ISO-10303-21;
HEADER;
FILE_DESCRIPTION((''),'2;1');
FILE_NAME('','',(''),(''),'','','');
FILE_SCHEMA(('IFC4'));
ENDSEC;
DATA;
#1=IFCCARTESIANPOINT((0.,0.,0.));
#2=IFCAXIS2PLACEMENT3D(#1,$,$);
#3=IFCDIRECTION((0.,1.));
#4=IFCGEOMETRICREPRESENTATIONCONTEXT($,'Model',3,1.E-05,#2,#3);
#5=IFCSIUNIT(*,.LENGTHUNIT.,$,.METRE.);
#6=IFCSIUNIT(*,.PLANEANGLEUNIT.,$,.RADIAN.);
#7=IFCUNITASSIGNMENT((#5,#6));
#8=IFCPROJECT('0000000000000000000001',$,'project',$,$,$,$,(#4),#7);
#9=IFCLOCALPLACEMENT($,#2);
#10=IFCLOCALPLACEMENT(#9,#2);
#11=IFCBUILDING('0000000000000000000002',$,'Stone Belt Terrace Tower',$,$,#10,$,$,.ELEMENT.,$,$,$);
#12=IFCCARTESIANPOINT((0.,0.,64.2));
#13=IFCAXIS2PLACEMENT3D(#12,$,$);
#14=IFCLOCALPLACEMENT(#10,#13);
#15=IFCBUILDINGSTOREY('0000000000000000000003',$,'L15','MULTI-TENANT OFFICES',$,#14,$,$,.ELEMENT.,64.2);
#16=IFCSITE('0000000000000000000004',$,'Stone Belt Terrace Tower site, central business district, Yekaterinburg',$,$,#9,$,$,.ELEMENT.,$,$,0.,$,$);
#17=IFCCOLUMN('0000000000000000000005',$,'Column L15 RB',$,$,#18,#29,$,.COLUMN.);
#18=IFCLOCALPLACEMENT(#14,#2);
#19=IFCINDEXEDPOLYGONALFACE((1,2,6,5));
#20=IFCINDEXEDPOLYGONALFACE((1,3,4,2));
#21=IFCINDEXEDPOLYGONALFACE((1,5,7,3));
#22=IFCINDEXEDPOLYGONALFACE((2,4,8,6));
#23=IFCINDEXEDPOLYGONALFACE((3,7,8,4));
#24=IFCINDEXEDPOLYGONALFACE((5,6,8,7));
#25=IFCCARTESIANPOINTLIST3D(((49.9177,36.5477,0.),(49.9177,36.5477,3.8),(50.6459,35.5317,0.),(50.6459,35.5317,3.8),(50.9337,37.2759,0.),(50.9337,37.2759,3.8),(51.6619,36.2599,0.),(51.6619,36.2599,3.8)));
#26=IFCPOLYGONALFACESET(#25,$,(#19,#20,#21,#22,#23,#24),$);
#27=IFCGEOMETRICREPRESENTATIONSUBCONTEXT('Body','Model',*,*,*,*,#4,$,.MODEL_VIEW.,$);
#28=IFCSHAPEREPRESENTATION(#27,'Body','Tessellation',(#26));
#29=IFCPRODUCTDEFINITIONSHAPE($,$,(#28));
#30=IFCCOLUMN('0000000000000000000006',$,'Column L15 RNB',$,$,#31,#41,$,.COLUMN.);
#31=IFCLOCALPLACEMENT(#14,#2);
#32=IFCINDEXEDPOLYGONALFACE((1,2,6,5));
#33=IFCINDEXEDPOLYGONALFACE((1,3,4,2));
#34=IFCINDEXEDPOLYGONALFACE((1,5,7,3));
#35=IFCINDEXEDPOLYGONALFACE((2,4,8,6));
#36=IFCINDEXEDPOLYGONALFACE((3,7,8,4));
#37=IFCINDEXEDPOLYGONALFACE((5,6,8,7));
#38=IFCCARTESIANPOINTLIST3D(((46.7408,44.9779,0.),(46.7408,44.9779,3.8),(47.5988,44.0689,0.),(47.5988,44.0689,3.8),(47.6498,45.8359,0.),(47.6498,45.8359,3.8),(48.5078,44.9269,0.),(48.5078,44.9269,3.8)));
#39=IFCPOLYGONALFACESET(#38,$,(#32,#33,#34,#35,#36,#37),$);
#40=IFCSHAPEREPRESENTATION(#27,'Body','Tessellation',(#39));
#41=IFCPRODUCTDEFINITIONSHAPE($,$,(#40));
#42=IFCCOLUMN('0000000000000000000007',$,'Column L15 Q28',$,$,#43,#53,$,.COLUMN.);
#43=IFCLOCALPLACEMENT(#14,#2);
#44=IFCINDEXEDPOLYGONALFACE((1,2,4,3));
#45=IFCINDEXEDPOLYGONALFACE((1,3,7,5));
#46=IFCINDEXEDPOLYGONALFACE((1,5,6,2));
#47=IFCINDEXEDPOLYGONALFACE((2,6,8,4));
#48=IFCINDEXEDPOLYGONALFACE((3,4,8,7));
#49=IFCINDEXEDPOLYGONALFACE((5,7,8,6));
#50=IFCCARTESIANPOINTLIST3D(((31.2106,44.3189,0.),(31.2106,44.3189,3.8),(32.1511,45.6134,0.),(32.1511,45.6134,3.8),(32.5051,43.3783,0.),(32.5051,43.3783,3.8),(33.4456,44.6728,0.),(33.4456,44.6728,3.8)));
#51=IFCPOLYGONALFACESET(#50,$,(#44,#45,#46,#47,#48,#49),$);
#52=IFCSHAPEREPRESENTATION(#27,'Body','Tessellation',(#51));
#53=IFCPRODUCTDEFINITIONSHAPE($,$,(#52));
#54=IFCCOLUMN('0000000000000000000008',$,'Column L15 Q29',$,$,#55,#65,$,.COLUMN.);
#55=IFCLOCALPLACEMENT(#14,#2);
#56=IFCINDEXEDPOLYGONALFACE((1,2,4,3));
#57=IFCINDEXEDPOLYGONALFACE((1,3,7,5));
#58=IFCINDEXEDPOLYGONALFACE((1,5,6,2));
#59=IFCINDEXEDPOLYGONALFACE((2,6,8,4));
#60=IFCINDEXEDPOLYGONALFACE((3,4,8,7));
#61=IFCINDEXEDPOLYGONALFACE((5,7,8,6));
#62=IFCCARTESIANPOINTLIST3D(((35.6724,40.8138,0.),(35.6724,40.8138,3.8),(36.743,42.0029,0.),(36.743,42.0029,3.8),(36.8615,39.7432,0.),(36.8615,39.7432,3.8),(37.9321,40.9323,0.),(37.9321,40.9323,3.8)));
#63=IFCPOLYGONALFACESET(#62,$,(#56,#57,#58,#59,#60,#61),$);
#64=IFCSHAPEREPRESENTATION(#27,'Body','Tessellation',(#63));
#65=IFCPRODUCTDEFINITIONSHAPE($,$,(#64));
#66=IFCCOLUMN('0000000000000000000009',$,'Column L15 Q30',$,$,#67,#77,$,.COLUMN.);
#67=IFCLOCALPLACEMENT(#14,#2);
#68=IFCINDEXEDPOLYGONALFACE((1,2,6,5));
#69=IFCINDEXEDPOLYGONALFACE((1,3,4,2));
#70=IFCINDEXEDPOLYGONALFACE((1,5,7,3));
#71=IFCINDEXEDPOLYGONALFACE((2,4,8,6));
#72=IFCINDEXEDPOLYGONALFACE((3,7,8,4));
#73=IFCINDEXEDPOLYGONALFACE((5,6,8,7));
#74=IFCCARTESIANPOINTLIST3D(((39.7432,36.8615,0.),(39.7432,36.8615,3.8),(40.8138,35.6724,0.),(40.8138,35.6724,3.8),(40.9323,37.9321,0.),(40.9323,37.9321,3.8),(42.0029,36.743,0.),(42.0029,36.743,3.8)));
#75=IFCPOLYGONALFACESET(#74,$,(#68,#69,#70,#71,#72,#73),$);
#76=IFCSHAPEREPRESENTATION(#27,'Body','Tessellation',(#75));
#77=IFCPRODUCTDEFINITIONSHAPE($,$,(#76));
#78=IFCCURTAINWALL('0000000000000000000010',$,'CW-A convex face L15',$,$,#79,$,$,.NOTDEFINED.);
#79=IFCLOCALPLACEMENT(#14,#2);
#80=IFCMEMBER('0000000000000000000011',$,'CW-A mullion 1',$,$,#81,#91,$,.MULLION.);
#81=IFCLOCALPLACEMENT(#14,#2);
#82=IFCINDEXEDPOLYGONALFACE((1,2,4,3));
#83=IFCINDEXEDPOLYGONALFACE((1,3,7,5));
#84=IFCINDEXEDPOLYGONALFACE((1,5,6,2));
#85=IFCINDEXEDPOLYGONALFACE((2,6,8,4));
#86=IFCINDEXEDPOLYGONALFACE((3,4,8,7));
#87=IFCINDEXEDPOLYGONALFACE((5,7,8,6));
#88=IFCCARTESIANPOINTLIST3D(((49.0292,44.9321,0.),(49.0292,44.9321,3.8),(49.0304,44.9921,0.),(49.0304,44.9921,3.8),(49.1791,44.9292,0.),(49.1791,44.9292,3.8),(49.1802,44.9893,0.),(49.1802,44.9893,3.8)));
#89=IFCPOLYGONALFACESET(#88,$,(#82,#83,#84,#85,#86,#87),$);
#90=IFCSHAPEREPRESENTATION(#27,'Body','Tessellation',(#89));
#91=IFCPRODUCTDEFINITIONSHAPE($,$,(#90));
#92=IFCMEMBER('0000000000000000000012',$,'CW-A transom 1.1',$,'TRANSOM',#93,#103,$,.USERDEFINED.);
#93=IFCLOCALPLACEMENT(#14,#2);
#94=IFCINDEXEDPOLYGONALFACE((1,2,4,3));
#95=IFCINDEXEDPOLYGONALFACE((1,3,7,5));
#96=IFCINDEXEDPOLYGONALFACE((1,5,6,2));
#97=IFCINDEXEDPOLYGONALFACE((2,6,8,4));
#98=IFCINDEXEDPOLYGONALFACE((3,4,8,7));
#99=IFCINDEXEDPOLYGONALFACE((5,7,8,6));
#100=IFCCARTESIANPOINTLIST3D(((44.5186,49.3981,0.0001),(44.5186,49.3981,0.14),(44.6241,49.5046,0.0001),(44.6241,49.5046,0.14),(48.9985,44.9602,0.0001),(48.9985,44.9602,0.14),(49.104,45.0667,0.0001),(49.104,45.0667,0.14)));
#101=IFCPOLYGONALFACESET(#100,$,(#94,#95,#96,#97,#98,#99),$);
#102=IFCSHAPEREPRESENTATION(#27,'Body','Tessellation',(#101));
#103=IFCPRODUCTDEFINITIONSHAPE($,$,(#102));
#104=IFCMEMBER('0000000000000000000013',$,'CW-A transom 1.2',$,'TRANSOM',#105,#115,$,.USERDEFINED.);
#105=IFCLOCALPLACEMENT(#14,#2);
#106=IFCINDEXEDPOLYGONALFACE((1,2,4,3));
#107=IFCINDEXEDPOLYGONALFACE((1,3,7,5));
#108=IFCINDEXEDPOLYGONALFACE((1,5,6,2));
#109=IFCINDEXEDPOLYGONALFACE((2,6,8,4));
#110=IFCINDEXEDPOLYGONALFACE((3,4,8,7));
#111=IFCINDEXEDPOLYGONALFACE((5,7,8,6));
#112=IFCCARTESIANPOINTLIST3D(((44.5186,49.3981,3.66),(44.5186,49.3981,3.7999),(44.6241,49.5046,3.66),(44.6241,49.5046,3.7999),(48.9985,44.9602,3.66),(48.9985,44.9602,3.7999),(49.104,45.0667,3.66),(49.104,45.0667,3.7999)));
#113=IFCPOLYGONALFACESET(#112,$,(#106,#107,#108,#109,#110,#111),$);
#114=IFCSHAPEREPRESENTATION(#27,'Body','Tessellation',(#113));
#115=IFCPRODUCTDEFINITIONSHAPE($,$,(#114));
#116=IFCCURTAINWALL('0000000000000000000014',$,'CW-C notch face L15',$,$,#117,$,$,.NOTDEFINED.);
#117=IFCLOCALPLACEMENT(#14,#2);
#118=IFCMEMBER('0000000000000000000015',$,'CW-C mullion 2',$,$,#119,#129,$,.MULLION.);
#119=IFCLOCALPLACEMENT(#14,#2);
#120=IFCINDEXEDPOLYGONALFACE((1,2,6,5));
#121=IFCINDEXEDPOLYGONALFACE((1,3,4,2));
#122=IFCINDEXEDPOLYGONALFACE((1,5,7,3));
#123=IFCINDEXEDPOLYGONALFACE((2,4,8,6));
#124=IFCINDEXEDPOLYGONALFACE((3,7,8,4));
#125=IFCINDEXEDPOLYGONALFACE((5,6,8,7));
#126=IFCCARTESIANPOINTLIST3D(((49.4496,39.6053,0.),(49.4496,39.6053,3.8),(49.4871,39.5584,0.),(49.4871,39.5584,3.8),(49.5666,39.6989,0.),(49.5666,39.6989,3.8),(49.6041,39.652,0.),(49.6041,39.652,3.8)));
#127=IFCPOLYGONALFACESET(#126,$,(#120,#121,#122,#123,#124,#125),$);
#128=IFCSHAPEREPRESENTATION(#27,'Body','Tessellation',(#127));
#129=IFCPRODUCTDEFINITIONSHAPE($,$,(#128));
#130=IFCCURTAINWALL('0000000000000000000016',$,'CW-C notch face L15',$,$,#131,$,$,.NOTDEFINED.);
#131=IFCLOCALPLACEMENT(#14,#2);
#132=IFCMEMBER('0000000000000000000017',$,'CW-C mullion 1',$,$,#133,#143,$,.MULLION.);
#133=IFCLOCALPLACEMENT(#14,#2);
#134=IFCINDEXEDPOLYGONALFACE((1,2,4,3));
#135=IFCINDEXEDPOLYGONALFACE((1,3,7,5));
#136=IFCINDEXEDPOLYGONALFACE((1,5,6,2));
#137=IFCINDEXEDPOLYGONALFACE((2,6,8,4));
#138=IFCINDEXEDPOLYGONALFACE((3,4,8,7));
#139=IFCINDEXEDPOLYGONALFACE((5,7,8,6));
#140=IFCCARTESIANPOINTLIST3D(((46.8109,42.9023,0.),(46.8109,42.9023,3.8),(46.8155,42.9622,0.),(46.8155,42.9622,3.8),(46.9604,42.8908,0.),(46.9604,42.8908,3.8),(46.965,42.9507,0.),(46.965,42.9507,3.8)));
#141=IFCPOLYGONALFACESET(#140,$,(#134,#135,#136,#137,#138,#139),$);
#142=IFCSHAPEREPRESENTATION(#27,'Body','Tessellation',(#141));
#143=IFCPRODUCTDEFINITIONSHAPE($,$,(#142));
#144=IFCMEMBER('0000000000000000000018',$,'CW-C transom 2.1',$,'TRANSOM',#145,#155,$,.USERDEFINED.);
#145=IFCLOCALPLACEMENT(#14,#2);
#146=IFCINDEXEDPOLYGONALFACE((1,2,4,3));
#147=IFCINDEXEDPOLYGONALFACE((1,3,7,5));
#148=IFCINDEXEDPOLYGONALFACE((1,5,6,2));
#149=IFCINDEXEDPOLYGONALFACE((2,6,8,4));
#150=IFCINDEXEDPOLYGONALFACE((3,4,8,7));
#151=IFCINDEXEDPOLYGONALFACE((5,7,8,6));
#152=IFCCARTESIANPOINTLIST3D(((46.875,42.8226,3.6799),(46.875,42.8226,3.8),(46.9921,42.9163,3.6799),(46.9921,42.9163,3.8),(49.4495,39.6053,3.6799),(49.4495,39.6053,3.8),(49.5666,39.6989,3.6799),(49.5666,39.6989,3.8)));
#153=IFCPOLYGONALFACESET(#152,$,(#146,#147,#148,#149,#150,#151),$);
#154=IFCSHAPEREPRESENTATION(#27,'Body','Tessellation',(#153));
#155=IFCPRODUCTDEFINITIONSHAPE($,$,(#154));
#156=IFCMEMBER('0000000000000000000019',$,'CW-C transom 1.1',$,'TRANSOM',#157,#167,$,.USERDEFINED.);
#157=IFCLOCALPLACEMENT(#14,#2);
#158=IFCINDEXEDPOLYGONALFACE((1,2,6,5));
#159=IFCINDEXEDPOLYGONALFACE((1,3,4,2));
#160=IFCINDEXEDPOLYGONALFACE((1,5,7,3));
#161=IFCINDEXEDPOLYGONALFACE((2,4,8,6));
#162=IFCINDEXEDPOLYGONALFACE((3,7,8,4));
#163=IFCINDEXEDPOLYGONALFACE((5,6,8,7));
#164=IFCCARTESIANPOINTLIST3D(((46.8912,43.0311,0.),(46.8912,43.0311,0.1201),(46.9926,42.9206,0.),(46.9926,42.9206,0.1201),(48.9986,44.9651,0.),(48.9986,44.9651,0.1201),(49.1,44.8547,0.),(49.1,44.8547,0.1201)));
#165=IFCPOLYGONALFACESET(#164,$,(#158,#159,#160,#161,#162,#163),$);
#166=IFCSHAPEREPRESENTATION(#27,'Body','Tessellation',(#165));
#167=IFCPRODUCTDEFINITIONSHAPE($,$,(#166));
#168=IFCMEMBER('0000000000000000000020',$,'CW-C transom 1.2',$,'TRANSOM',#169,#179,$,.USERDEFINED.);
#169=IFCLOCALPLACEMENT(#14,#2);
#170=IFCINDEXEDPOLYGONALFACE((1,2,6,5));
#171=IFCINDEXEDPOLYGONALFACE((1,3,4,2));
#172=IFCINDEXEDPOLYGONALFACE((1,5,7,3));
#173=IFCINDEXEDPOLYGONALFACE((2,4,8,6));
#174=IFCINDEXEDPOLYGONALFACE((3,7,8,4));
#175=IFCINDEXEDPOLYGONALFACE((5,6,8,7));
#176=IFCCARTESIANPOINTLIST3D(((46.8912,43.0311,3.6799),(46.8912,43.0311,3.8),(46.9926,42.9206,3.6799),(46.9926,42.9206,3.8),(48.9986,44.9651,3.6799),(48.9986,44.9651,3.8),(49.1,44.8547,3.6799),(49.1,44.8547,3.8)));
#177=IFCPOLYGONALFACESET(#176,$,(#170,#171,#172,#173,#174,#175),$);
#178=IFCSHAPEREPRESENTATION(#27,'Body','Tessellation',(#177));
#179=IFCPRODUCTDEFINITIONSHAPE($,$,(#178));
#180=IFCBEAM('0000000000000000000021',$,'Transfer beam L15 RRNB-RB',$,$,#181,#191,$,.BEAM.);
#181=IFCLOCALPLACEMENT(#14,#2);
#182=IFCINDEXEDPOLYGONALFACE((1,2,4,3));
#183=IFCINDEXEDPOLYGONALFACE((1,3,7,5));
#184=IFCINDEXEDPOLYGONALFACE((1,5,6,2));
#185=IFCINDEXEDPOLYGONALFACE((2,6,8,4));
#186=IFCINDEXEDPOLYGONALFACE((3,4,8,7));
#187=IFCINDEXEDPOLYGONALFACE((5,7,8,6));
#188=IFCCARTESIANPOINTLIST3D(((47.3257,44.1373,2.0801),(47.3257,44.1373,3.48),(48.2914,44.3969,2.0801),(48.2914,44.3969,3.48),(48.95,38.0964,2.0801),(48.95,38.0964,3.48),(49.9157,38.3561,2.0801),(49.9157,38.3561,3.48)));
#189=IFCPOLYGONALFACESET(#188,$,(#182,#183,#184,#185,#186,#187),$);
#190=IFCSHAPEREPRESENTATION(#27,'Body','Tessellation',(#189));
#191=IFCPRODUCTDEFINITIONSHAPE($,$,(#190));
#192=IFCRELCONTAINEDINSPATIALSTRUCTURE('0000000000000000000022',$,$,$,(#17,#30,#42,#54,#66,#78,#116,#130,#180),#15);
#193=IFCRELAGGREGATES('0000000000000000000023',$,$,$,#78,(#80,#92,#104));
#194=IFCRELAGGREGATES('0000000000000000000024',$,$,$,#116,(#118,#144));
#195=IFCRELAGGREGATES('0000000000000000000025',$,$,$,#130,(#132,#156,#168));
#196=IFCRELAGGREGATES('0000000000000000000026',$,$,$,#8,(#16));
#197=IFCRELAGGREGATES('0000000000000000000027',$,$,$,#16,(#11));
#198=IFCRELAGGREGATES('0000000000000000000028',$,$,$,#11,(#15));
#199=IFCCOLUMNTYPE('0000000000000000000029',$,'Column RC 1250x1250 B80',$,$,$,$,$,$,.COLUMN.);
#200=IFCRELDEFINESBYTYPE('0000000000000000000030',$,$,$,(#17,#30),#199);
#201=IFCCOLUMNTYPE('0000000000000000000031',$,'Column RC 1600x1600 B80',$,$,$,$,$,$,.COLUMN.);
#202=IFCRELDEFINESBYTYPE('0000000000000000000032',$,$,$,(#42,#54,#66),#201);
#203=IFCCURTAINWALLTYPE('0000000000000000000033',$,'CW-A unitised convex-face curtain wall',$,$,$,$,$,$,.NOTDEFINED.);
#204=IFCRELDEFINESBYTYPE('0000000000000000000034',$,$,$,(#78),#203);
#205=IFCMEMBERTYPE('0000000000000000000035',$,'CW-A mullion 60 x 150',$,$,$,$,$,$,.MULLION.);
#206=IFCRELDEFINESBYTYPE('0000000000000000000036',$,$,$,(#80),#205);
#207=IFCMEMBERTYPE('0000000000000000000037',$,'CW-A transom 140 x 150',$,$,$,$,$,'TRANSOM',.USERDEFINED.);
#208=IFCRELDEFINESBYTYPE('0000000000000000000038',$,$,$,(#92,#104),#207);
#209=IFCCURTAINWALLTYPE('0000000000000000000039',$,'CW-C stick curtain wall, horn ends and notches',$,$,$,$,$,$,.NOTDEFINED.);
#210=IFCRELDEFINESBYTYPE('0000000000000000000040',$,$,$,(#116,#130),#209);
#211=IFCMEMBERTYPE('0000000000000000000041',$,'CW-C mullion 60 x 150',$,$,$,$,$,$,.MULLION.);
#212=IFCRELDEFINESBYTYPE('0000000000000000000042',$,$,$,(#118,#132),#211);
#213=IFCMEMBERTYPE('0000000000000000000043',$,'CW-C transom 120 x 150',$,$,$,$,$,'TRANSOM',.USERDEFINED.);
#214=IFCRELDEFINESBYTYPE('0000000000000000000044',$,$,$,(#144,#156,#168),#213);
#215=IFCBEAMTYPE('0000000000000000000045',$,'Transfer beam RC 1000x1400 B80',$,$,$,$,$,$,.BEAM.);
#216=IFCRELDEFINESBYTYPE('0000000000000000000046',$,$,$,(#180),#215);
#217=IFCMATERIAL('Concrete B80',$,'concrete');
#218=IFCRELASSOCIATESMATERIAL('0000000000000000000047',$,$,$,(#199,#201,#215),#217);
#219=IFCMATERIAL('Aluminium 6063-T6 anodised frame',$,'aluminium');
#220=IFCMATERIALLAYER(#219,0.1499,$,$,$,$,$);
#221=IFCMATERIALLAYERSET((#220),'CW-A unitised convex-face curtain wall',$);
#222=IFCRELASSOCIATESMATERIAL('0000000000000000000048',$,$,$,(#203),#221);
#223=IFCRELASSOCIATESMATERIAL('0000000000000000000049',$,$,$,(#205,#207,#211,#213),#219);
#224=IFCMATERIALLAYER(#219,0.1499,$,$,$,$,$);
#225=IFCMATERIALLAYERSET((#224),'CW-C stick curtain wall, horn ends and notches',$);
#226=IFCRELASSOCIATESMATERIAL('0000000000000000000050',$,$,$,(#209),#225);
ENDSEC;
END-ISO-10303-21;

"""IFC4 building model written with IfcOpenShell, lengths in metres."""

from ifc_helpers import new_model, si_unit, direction, frame, origin, origin_2d, place, context, subcontext, project, spatial, rectangle, extrude, material, layer, layer_set, material_profile, profile_set, type_object, element, aggregate, save


model = new_model("IFC4")

# Units and contexts
model_context = context("Model", 3, precision=1e-05, world=origin(), true_north=direction((0.0, 1.0)))
body_context = subcontext(model_context, "Body", "Model", "MODEL_VIEW")
ifc_project = project(units=[si_unit("LENGTHUNIT", "METRE"), si_unit("PLANEANGLEUNIT", "RADIAN")], contexts=[model_context])

# Site, building, storey
site_placement = place(None, origin())
site = spatial("IfcSite", under=ifc_project, at=site_placement, Name="Stone Belt Terrace Tower site, central business district, Yekaterinburg", CompositionType="ELEMENT", RefElevation=0.0)
building_placement = place(site_placement, origin())
building = spatial("IfcBuilding", under=site, at=building_placement, Name="Stone Belt Terrace Tower", CompositionType="ELEMENT")
storey_placement = place(building_placement, frame((0.0, 0.0, 64.2)))
storey = spatial("IfcBuildingStorey", under=building, at=storey_placement, Name="L15", Description="MULTI-TENANT OFFICES", CompositionType="ELEMENT", Elevation=64.2)

# Columns
ifc_material_1 = material(Name="Concrete B80", Category="concrete")
ifc_material_profile_1 = material_profile(ifc_material_1, rectangle(XDim=1.25, YDim=1.25, at=origin_2d()), Name="RC 1250x1250")
ifc_profile_set_1 = profile_set([ifc_material_profile_1], Name="Concrete B80")
column_type_1 = type_object("IfcColumnType", Name="Column RC 1250x1250 B80", PredefinedType="COLUMN", material=ifc_profile_set_1)
for number, where, z_axis, x_axis, name in (
    (1, (50.7898, 36.4038, 0.0), (0.0, 0.0, 1.0), (0.582566, -0.812784, 0.0), "Column L15 RB"),
    (2, (47.6243, 44.9524, 0.0), (0.0, 0.0, 1.0), (0.686414, -0.727211, 0.0), "Column L15 RNB"),
):
    element("IfcColumn", number, at=place(storey_placement, frame(where, z_axis=z_axis, x_axis=x_axis)), inside=storey, type_object=column_type_1, Name=name, PredefinedType="COLUMN", context=body_context, shape_type="SweptSolid", body=[
        extrude(rectangle(XDim=1.25, YDim=1.25, at=origin_2d()), origin(), (0.0, 0.0, 1.0), 3.8),
    ])
ifc_material_profile_2 = material_profile(ifc_material_1, rectangle(XDim=1.6001, YDim=1.6001, at=origin_2d()), Name="RC 1600x1600")
ifc_profile_set_2 = profile_set([ifc_material_profile_2], Name="Concrete B80")
column_type_2 = type_object("IfcColumnType", Name="Column RC 1600x1600 B80", PredefinedType="COLUMN", material=ifc_profile_set_2)
for number, where, z_axis, x_axis, name in (
    (3, (32.3281, 44.4958, 0.0), (0.0, 0.0, 1.0), (0.809017, -0.587785, 0.0), "Column L15 Q28"),
    (4, (36.8022, 40.873, 0.0), (0.0, 0.0, 1.0), (0.743145, -0.669131, 0.0), "Column L15 Q29"),
    (5, (40.873, 36.8022, 0.0), (0.0, 0.0, 1.0), (0.669131, -0.743145, 0.0), "Column L15 Q30"),
):
    element("IfcColumn", number, at=place(storey_placement, frame(where, z_axis=z_axis, x_axis=x_axis)), inside=storey, type_object=column_type_2, Name=name, PredefinedType="COLUMN", context=body_context, shape_type="SweptSolid", body=[
        extrude(rectangle(XDim=1.6001, YDim=1.6001, at=origin_2d()), origin(), (0.0, 0.0, 1.0), 3.8),
    ])

# Curtain wall, members
ifc_material_2 = material(Name="Aluminium 6063-T6 anodised frame", Category="aluminium")
ifc_layer_1 = layer(ifc_material_2, 0.1499)
ifc_layer_set_1 = layer_set([ifc_layer_1], Name="CW-A unitised convex-face curtain wall")
curtain_wall_type_1 = type_object("IfcCurtainWallType", Name="CW-A unitised convex-face curtain wall", PredefinedType="NOTDEFINED", material=ifc_layer_set_1)
curtain_wall_1_placement = place(storey_placement, origin())
curtain_wall_1 = element("IfcCurtainWall", 6, at=curtain_wall_1_placement, inside=storey, type_object=curtain_wall_type_1, Name="CW-A convex face L15", PredefinedType="NOTDEFINED")
ifc_material_profile_3 = material_profile(ifc_material_2, rectangle(XDim=0.1499, YDim=0.0601, at=origin_2d()), Name="Aluminium 6063-T6 60x150")
ifc_profile_set_3 = profile_set([ifc_material_profile_3], Name="Aluminium 6063-T6 anodised frame")
member_type_1 = type_object("IfcMemberType", Name="CW-A mullion 60 x 150", PredefinedType="MULLION", material=ifc_profile_set_3)
member_1_placement = place(storey_placement, frame((49.1047, 44.9607, 0.0), z_axis=(0.0, 0.0, 1.0), x_axis=(-0.999818, 0.019084, 0.0)))
member_1 = element("IfcMember", 7, at=member_1_placement, type_object=member_type_1, Name="CW-A mullion 1", PredefinedType="MULLION", context=body_context, shape_type="SweptSolid", body=[
    extrude(rectangle(XDim=0.1499, YDim=0.0601, at=origin_2d()), origin(), (0.0, 0.0, 1.0), 3.8),
])
ifc_material_profile_4 = material_profile(ifc_material_2, rectangle(XDim=0.1499, YDim=0.1399, at=origin_2d()), Name="Aluminium 6063-T6 150x140")
ifc_profile_set_4 = profile_set([ifc_material_profile_4], Name="Aluminium 6063-T6 anodised frame")
member_type_2 = type_object("IfcMemberType", Name="CW-A transom 140 x 150", ElementType="TRANSOM", PredefinedType="USERDEFINED", material=ifc_profile_set_4)
member_2_placement = place(storey_placement, frame((49.0513, 45.0134, 0.0701), z_axis=(-0.710428, 0.703769, 0.0), x_axis=(-0.703769, -0.710428, 0.0)))
member_2 = element("IfcMember", 8, at=member_2_placement, type_object=member_type_2, Name="CW-A transom 1.1", ObjectType="TRANSOM", PredefinedType="USERDEFINED", context=body_context, shape_type="SweptSolid", body=[
    extrude(rectangle(XDim=0.1499, YDim=0.1399, at=origin_2d()), origin(), (0.0, 0.0, 1.0), 6.3059),
])
member_3_placement = place(storey_placement, frame((49.0513, 45.0134, 3.73), z_axis=(-0.710428, 0.703769, 0.0), x_axis=(-0.703769, -0.710428, 0.0)))
member_3 = element("IfcMember", 9, at=member_3_placement, type_object=member_type_2, Name="CW-A transom 1.2", ObjectType="TRANSOM", PredefinedType="USERDEFINED", context=body_context, shape_type="SweptSolid", body=[
    extrude(rectangle(XDim=0.1499, YDim=0.1399, at=origin_2d()), origin(), (0.0, 0.0, 1.0), 6.3059),
])

# Curtain walls, members
ifc_layer_2 = layer(ifc_material_2, 0.1499)
ifc_layer_set_2 = layer_set([ifc_layer_2], Name="CW-C stick curtain wall, horn ends and notches")
curtain_wall_type_2 = type_object("IfcCurtainWallType", Name="CW-C stick curtain wall, horn ends and notches", PredefinedType="NOTDEFINED", material=ifc_layer_set_2)
curtain_wall_2_placement = place(storey_placement, origin())
curtain_wall_2 = element("IfcCurtainWall", 10, at=curtain_wall_2_placement, inside=storey, type_object=curtain_wall_type_2, Name="CW-C notch face L15", PredefinedType="NOTDEFINED")
ifc_material_profile_5 = material_profile(ifc_material_2, rectangle(XDim=0.1499, YDim=0.0601, at=origin_2d()), Name="Aluminium 6063-T6 60x150")
ifc_profile_set_5 = profile_set([ifc_material_profile_5], Name="Aluminium 6063-T6 anodised frame")
member_type_3 = type_object("IfcMemberType", Name="CW-C mullion 60 x 150", PredefinedType="MULLION", material=ifc_profile_set_5)
member_4_placement = place(storey_placement, frame((49.5269, 39.6287, 0.0), z_axis=(0.0, 0.0, 1.0), x_axis=(-0.780814, -0.624764, 0.0)))
member_4 = element("IfcMember", 11, at=member_4_placement, type_object=member_type_3, Name="CW-C mullion 2", PredefinedType="MULLION", context=body_context, shape_type="SweptSolid", body=[
    extrude(rectangle(XDim=0.1499, YDim=0.0601, at=origin_2d()), origin(), (0.0, 0.0, 1.0), 3.8),
])
curtain_wall_3_placement = place(storey_placement, origin())
curtain_wall_3 = element("IfcCurtainWall", 12, at=curtain_wall_3_placement, inside=storey, type_object=curtain_wall_type_2, Name="CW-C notch face L15", PredefinedType="NOTDEFINED")
member_5_placement = place(storey_placement, frame((46.8879, 42.9265, 0.0), z_axis=(0.0, 0.0, 1.0), x_axis=(-0.997057, 0.076659, 0.0)))
member_5 = element("IfcMember", 13, at=member_5_placement, type_object=member_type_3, Name="CW-C mullion 1", PredefinedType="MULLION", context=body_context, shape_type="SweptSolid", body=[
    extrude(rectangle(XDim=0.1499, YDim=0.0601, at=origin_2d()), origin(), (0.0, 0.0, 1.0), 3.8),
])

# Members
ifc_material_profile_6 = material_profile(ifc_material_2, rectangle(XDim=0.1499, YDim=0.1201, at=origin_2d()), Name="Aluminium 6063-T6 150x120")
ifc_profile_set_6 = profile_set([ifc_material_profile_6], Name="Aluminium 6063-T6 anodised frame")
member_type_4 = type_object("IfcMemberType", Name="CW-C transom 120 x 150", ElementType="TRANSOM", PredefinedType="USERDEFINED", material=ifc_profile_set_6)
member_6_placement = place(storey_placement, frame((49.5081, 39.6521, 3.74), z_axis=(-0.624789, 0.780794, 0.0), x_axis=(-0.780794, -0.624789, 0.0)))
member_6 = element("IfcMember", 14, at=member_6_placement, type_object=member_type_4, Name="CW-C transom 2.1", ObjectType="TRANSOM", PredefinedType="USERDEFINED", context=body_context, shape_type="SweptSolid", body=[
    extrude(rectangle(XDim=0.1499, YDim=0.1201, at=origin_2d()), origin(), (0.0, 0.0, 1.0), 4.1206),
])
member_7_placement = place(storey_placement, frame((46.9419, 42.9758, 0.0601), z_axis=(0.736757, 0.676157, 0.0), x_axis=(-0.676157, 0.736757, 0.0)))
member_7 = element("IfcMember", 15, at=member_7_placement, type_object=member_type_4, Name="CW-C transom 1.1", ObjectType="TRANSOM", PredefinedType="USERDEFINED", context=body_context, shape_type="SweptSolid", body=[
    extrude(rectangle(XDim=0.1499, YDim=0.1201, at=origin_2d()), origin(), (0.0, 0.0, 1.0), 2.8604),
])
member_8_placement = place(storey_placement, frame((46.9419, 42.9758, 3.74), z_axis=(0.736757, 0.676157, 0.0), x_axis=(-0.676157, 0.736757, 0.0)))
member_8 = element("IfcMember", 16, at=member_8_placement, type_object=member_type_4, Name="CW-C transom 1.2", ObjectType="TRANSOM", PredefinedType="USERDEFINED", context=body_context, shape_type="SweptSolid", body=[
    extrude(rectangle(XDim=0.1499, YDim=0.1201, at=origin_2d()), origin(), (0.0, 0.0, 1.0), 2.8604),
])

# Beam
ifc_material_profile_7 = material_profile(ifc_material_1, rectangle(XDim=1.0, YDim=1.3999, at=origin_2d()), Name="RC 1000x1400")
ifc_profile_set_7 = profile_set([ifc_material_profile_7], Name="Concrete B80")
beam_type = type_object("IfcBeamType", Name="Transfer beam RC 1000x1400 B80", PredefinedType="BEAM", material=ifc_profile_set_7)
beam_1_placement = place(storey_placement, frame((47.8086, 44.2671, 2.78), z_axis=(0.259661, -0.9657, 0.0), x_axis=(0.9657, 0.259661, 0.0)))
element("IfcBeam", 17, at=beam_1_placement, inside=storey, type_object=beam_type, Name="Transfer beam L15 RRNB-RB", PredefinedType="BEAM", context=body_context, shape_type="SweptSolid", body=[
    extrude(rectangle(XDim=1.0, YDim=1.3999, at=origin_2d()), origin(), (0.0, 0.0, 1.0), 6.2554),
])

aggregate(curtain_wall_1, [member_1, member_2, member_3])
aggregate(curtain_wall_2, [member_4, member_6])
aggregate(curtain_wall_3, [member_5, member_7, member_8])

save(model, "model.ifc")
